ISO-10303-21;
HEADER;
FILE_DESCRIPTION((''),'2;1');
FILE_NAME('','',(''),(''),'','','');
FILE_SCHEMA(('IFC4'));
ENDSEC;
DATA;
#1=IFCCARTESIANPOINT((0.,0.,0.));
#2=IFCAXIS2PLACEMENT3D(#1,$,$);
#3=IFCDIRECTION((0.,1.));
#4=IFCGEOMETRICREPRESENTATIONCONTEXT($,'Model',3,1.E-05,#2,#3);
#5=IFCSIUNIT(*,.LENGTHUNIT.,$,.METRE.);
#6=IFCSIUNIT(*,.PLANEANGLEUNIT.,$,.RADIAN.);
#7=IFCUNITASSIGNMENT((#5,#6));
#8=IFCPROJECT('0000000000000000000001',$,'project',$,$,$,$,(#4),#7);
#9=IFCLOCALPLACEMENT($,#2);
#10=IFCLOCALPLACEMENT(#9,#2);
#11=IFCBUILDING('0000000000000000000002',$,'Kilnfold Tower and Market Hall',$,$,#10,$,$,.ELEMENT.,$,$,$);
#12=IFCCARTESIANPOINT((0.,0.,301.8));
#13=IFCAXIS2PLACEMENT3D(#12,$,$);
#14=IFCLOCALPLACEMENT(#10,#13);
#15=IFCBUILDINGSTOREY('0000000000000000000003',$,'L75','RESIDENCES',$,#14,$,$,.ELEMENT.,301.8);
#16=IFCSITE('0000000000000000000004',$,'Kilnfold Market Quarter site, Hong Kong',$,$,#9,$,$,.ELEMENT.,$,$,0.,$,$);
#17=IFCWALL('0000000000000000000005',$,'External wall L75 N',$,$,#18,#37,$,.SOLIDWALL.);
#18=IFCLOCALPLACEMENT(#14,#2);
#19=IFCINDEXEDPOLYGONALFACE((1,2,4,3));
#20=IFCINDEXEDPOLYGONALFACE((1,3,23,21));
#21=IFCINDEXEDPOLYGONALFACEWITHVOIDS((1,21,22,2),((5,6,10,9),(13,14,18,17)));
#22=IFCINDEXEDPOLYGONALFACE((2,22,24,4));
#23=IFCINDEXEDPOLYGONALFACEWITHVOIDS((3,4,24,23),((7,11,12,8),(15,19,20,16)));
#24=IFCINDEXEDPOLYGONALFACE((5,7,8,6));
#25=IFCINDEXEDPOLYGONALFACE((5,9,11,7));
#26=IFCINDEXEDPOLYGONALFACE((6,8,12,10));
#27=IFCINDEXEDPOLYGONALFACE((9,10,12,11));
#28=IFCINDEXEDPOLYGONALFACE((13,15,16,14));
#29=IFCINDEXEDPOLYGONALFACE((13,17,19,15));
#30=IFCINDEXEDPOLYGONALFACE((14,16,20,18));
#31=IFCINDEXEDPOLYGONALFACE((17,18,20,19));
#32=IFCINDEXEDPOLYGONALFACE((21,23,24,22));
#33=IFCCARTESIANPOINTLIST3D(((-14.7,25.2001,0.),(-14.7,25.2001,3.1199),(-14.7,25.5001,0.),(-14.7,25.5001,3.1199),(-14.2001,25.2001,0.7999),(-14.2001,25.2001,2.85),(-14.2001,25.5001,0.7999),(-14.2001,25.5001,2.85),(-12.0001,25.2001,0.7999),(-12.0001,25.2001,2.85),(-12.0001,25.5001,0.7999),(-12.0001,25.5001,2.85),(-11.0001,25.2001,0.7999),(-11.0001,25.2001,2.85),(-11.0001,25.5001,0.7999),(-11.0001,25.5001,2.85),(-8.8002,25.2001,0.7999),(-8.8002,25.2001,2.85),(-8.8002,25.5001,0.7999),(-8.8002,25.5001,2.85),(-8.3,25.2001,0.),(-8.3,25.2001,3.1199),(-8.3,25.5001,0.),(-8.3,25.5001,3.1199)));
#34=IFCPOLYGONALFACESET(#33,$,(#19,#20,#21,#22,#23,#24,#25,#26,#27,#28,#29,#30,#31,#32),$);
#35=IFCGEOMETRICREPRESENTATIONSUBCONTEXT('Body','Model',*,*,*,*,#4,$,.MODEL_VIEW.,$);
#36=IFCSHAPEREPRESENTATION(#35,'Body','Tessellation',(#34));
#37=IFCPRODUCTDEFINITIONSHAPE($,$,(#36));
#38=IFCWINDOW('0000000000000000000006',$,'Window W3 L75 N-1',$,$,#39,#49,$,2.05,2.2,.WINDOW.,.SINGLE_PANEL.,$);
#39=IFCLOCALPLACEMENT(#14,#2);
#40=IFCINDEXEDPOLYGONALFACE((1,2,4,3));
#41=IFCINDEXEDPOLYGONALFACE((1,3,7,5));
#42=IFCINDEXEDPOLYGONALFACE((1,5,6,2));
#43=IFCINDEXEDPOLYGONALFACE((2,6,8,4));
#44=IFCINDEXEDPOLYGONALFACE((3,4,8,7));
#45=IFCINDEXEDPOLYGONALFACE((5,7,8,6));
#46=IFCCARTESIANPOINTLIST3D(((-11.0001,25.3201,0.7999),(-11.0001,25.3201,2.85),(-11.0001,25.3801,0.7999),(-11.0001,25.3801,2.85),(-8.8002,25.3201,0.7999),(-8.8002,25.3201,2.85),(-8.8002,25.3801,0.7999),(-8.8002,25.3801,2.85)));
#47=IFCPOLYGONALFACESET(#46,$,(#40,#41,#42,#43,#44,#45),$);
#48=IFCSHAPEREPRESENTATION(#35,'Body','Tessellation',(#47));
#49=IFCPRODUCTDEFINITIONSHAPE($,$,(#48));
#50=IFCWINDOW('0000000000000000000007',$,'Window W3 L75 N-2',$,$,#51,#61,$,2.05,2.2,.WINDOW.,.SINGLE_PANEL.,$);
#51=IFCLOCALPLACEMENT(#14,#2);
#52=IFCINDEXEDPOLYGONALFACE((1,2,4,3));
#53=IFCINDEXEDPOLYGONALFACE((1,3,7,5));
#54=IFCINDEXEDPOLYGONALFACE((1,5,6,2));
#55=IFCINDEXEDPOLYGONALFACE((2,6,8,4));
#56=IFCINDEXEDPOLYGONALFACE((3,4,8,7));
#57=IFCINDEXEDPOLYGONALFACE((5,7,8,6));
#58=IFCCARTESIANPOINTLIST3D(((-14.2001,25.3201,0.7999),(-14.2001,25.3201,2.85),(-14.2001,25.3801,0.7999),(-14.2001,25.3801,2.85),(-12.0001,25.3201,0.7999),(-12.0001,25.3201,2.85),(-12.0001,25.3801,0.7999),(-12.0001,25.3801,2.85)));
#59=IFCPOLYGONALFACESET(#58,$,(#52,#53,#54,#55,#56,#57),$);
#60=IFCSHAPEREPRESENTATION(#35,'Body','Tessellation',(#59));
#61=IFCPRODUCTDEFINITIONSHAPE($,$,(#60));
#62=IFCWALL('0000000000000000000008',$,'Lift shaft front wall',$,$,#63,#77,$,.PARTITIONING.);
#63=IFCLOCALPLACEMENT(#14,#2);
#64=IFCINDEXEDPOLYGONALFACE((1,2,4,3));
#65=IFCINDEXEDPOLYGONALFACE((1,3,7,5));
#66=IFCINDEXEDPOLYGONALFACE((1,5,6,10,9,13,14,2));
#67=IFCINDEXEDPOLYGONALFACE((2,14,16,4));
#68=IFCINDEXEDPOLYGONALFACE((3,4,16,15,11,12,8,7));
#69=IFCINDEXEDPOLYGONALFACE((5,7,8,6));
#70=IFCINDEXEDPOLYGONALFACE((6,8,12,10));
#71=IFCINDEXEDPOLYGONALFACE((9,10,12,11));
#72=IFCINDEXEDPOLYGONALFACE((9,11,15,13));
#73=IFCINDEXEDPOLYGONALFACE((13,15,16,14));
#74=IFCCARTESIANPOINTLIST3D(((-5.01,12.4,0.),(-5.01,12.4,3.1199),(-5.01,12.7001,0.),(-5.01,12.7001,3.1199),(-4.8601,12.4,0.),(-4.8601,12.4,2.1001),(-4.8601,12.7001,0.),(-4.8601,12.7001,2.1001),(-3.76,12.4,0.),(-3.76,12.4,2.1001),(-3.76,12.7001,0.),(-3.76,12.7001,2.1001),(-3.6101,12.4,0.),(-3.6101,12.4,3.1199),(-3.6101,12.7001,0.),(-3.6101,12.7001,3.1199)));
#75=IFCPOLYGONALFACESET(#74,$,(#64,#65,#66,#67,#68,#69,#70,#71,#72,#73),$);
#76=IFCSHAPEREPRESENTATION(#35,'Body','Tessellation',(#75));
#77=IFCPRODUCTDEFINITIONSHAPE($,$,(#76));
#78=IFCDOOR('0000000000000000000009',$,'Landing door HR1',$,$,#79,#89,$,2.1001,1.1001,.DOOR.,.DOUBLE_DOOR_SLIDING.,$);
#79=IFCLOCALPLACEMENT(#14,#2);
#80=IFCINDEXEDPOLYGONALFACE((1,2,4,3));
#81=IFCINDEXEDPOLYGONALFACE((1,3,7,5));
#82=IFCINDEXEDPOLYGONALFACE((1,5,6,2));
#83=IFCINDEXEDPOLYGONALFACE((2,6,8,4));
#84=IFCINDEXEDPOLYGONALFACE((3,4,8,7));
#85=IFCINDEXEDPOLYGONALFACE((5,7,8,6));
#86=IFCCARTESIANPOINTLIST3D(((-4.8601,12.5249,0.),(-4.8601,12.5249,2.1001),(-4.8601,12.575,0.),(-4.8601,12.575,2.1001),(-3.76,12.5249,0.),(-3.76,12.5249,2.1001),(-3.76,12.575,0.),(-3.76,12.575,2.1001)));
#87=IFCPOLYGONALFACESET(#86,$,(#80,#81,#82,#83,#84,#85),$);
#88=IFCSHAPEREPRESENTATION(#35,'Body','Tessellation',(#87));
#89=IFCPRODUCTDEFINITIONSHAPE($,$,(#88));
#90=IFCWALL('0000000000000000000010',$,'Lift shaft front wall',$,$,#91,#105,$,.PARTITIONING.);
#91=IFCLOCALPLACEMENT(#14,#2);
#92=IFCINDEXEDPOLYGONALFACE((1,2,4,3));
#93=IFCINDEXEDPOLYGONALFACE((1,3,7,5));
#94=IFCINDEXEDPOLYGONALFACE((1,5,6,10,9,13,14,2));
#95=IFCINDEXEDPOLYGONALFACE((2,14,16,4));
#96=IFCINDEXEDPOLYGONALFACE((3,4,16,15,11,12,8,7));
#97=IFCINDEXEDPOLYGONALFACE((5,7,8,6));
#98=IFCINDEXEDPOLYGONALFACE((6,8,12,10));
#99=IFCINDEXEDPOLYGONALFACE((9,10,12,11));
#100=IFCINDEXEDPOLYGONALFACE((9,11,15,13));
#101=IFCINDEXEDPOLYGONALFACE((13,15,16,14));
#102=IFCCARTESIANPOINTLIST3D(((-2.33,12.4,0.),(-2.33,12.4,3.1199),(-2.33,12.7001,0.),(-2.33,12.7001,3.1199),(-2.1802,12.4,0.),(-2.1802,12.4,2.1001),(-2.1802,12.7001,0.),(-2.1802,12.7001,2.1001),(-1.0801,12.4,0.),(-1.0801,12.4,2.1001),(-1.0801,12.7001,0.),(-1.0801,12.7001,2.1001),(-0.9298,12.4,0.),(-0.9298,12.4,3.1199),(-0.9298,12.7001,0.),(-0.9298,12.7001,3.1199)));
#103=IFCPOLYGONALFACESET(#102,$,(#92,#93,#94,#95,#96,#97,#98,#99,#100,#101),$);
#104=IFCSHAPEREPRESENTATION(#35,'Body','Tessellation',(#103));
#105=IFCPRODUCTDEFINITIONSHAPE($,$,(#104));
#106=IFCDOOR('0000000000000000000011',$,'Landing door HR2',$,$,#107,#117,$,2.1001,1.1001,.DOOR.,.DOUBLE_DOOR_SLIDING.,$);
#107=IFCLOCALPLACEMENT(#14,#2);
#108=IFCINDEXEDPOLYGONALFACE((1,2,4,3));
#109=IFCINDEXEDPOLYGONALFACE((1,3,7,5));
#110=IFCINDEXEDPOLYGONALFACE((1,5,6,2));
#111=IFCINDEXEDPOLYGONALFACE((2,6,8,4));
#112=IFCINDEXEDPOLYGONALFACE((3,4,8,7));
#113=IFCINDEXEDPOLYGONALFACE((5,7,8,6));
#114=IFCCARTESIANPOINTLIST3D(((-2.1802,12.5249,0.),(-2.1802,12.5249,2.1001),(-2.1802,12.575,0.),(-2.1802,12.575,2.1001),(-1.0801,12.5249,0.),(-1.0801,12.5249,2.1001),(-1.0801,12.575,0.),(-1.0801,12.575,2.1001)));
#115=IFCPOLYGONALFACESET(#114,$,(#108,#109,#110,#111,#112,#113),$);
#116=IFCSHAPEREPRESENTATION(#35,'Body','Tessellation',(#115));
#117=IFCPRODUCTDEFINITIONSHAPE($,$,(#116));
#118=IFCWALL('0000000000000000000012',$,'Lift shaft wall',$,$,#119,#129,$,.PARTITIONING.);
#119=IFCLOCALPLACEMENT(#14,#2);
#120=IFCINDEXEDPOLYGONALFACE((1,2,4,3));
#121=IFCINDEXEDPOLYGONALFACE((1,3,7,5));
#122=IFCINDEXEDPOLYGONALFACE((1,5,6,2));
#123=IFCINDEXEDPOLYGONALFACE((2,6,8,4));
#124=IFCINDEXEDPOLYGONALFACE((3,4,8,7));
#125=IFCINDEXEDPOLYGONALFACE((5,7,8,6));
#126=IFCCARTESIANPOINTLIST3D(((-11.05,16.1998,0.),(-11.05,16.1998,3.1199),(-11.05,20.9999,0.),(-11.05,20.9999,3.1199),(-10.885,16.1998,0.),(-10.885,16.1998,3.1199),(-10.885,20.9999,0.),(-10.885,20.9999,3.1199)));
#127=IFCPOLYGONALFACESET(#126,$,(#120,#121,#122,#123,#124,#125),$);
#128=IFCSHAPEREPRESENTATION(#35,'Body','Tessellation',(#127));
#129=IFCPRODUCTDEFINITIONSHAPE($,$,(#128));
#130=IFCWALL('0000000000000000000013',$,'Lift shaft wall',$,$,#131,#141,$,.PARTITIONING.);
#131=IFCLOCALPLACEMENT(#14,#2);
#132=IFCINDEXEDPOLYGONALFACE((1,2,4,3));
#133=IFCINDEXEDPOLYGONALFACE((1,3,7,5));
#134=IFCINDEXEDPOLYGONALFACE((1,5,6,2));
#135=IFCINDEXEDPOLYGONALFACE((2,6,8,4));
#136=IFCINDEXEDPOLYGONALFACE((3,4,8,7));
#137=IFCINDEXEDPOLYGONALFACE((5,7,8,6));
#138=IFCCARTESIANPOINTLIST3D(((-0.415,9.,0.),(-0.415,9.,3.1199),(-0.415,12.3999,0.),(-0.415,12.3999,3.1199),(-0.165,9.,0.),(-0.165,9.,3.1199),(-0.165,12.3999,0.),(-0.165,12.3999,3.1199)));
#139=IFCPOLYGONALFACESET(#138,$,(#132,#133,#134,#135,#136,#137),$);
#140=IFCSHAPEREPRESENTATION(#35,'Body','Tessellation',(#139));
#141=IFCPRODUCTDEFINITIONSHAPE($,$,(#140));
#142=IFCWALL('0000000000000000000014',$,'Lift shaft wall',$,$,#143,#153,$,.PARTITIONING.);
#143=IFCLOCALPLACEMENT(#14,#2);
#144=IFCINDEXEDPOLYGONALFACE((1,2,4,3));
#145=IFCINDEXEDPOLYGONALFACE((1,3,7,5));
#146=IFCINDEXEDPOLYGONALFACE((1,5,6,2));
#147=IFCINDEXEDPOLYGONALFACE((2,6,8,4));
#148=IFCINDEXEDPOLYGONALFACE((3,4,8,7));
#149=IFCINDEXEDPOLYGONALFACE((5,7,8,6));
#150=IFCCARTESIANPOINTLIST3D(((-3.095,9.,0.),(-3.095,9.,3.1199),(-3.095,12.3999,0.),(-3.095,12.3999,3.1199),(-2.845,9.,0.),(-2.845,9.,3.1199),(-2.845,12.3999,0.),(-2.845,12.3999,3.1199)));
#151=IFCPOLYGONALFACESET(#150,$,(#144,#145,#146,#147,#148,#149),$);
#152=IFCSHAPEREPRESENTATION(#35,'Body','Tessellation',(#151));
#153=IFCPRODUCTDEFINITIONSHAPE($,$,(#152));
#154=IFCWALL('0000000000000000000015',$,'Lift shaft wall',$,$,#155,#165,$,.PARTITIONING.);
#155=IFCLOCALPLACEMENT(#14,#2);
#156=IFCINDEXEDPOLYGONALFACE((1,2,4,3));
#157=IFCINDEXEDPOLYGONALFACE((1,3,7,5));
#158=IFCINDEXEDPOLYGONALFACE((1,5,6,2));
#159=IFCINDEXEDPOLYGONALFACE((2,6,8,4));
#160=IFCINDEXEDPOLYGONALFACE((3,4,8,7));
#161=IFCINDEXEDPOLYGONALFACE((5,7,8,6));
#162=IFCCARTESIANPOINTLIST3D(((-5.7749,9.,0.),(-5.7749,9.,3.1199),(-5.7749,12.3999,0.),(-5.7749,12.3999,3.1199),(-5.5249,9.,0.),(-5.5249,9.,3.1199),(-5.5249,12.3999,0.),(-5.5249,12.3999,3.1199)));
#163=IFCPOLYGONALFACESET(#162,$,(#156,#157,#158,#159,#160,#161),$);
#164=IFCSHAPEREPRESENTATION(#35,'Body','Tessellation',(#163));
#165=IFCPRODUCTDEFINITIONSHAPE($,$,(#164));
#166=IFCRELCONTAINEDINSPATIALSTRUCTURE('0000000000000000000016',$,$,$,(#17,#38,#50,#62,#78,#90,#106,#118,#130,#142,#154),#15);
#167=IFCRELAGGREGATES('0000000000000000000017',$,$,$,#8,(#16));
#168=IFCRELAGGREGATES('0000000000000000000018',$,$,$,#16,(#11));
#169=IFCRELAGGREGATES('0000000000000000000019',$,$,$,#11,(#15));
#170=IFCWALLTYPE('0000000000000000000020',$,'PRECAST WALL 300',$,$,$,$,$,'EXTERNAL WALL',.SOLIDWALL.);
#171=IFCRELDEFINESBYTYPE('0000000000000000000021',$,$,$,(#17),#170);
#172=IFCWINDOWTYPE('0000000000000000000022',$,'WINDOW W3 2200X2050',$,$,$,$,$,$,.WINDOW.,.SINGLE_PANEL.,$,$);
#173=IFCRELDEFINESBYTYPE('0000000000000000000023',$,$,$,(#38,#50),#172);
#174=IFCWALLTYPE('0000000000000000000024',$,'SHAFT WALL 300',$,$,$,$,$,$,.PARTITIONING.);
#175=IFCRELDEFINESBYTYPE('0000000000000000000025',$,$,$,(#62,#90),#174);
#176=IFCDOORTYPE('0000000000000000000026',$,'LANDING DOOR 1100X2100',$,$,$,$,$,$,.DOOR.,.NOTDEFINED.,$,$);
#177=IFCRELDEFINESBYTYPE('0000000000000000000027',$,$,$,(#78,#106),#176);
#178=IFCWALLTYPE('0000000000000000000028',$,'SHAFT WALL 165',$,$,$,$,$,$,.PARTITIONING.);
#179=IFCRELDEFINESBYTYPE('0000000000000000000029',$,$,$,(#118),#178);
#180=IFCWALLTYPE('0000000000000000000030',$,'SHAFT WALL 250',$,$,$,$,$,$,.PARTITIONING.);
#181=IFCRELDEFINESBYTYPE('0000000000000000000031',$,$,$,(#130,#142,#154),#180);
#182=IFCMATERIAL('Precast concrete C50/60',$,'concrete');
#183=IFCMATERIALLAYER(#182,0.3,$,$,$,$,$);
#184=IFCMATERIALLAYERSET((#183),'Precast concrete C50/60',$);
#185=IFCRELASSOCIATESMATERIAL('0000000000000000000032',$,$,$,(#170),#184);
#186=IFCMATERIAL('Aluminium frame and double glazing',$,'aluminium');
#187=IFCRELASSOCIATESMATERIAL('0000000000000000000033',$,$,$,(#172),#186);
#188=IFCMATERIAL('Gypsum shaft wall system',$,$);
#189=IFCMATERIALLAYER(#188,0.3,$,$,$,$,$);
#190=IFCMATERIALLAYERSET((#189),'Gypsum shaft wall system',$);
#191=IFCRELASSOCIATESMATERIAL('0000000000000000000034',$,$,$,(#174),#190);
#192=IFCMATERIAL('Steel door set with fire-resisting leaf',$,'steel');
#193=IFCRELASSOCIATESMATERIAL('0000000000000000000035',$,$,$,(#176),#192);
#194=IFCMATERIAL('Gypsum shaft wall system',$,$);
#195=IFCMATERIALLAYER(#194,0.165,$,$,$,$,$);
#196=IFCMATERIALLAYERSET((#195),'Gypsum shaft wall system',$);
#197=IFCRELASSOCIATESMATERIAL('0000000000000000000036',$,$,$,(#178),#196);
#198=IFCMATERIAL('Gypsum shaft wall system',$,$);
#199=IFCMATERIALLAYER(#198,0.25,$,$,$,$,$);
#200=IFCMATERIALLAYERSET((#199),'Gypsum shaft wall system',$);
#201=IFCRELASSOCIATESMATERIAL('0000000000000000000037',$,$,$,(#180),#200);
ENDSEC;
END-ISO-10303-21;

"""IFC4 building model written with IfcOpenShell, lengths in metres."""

from ifc_helpers import new_model, si_unit, direction, frame, frame_2d, origin, place, context, subcontext, project, spatial, rectangle, extrude, source, transform, mapped, material, layer, layer_set, type_object, element, fill, save


model = new_model("IFC4")

# Units and contexts
model_context = context("Model", 3, precision=1e-05, world=origin(), true_north=direction((0.0, 1.0)))
body_context = subcontext(model_context, "Body", "Model", "MODEL_VIEW")
ifc_project = project(units=[si_unit("LENGTHUNIT", "METRE"), si_unit("PLANEANGLEUNIT", "RADIAN")], contexts=[model_context])

# Site, building, storey
site_placement = place(None, origin())
site = spatial("IfcSite", under=ifc_project, at=site_placement, Name="Kilnfold Market Quarter site, Hong Kong", CompositionType="ELEMENT", RefElevation=0.0)
building_placement = place(site_placement, origin())
building = spatial("IfcBuilding", under=site, at=building_placement, Name="Kilnfold Tower and Market Hall", CompositionType="ELEMENT")
storey_placement = place(building_placement, frame((0.0, 0.0, 301.8)))
storey = spatial("IfcBuildingStorey", under=building, at=storey_placement, Name="L75", Description="RESIDENCES", CompositionType="ELEMENT", Elevation=301.8)

# Wall, openings, windows
ifc_material_1 = material(Name="Precast concrete C50/60", Category="concrete")
ifc_layer_1 = layer(ifc_material_1, 0.3)
ifc_layer_set_1 = layer_set([ifc_layer_1], Name="Precast concrete C50/60")
wall_type_1 = type_object("IfcWallType", Name="PRECAST WALL 300", ElementType="EXTERNAL WALL", PredefinedType="SOLIDWALL", material=ifc_layer_set_1)
shared_shape_1 = source(origin(), body_context, "Body", "SweptSolid", [
    extrude(rectangle(XDim=6.3999, YDim=0.3, at=frame_2d((3.2, 0.0))), origin(), (0.0, 0.0, 1.0), 3.1199),
])
ifc_material_2 = material(Name="Aluminium frame and double glazing", Category="aluminium")
window_type = type_object("IfcWindowType", Name="WINDOW W3 2200X2050", PartitioningType="SINGLE_PANEL", PredefinedType="WINDOW", material=ifc_material_2)
wall_1_placement = place(storey_placement, frame((-8.3, 25.3501, 0.0), z_axis=(0.0, 0.0, 1.0), x_axis=(-1.0, 0.0, 0.0)))
wall_1 = element("IfcWall", 1, at=wall_1_placement, inside=storey, type_object=wall_type_1, Name="External wall L75 N", PredefinedType="SOLIDWALL", context=body_context, shape_type="MappedRepresentation", body=[
    mapped(shared_shape_1, transform((0.0, 0.0, 0.0))),
])
opening_1_placement = place(wall_1_placement, frame((0.5, 0.0, 0.8)))
opening_1 = element("IfcOpeningElement", 2, at=opening_1_placement, cuts=wall_1, PredefinedType="OPENING", context=body_context, shape_type="SweptSolid", body=[
    extrude(rectangle(XDim=2.2, YDim=2.05, at=frame_2d((1.1001, 1.0249))), frame((0.0, 0.1602, 0.0), z_axis=(0.0, -1.0, 0.0), x_axis=(1.0, 0.0, 0.0)), (0.0, 0.0, 1.0), 0.3201),
])
opening_2_placement = place(wall_1_placement, frame((3.7, 0.0, 0.8)))
opening_2 = element("IfcOpeningElement", 3, at=opening_2_placement, cuts=wall_1, PredefinedType="OPENING", context=body_context, shape_type="SweptSolid", body=[
    extrude(rectangle(XDim=2.2, YDim=2.05, at=frame_2d((1.1001, 1.0249))), frame((0.0, 0.1602, 0.0), z_axis=(0.0, -1.0, 0.0), x_axis=(1.0, 0.0, 0.0)), (0.0, 0.0, 1.0), 0.3201),
])
window_1_placement = place(opening_1_placement, origin())
window_1 = element("IfcWindow", 4, at=window_1_placement, inside=storey, type_object=window_type, Name="Window W3 L75 N-1", OverallHeight=2.05, OverallWidth=2.2, PartitioningType="SINGLE_PANEL", PredefinedType="WINDOW", context=body_context, shape_type="SweptSolid", body=[
    extrude(rectangle(XDim=2.2, YDim=2.05, at=frame_2d((1.1001, 1.0249))), frame((0.0, 0.03, 0.0), z_axis=(0.0, -1.0, 0.0), x_axis=(1.0, 0.0, 0.0)), (0.0, 0.0, 1.0), 0.0601),
])
fill(opening_1, window_1)
window_2_placement = place(opening_2_placement, origin())
window_2 = element("IfcWindow", 5, at=window_2_placement, inside=storey, type_object=window_type, Name="Window W3 L75 N-2", OverallHeight=2.05, OverallWidth=2.2, PartitioningType="SINGLE_PANEL", PredefinedType="WINDOW", context=body_context, shape_type="SweptSolid", body=[
    extrude(rectangle(XDim=2.2, YDim=2.05, at=frame_2d((1.1001, 1.0249))), frame((0.0, 0.03, 0.0), z_axis=(0.0, -1.0, 0.0), x_axis=(1.0, 0.0, 0.0)), (0.0, 0.0, 1.0), 0.0601),
])
fill(opening_2, window_2)

# Walls, openings, doors
ifc_material_3 = material(Name="Gypsum shaft wall system")
ifc_layer_2 = layer(ifc_material_3, 0.3)
ifc_layer_set_2 = layer_set([ifc_layer_2], Name="Gypsum shaft wall system")
wall_type_2 = type_object("IfcWallType", Name="SHAFT WALL 300", PredefinedType="PARTITIONING", material=ifc_layer_set_2)
shared_shape_2 = source(origin(), body_context, "Body", "SweptSolid", [
    extrude(rectangle(XDim=1.3999, YDim=0.3, at=frame_2d((0.7, 0.0))), origin(), (0.0, 0.0, 1.0), 3.1199),
])
wall_2_placement = place(storey_placement, frame((-5.01, 12.55, 0.0), z_axis=(0.0, 0.0, 1.0), x_axis=(1.0, 0.0, 0.0)))
wall_2 = element("IfcWall", 6, at=wall_2_placement, inside=storey, type_object=wall_type_2, Name="Lift shaft front wall", PredefinedType="PARTITIONING", context=body_context, shape_type="MappedRepresentation", body=[
    mapped(shared_shape_2, transform((0.0, 0.0, 0.0))),
])
opening_3_placement = place(wall_2_placement, frame((0.1499, 0.0, 0.0)))
opening_3 = element("IfcOpeningElement", 7, at=opening_3_placement, cuts=wall_2, PredefinedType="OPENING", context=body_context, shape_type="SweptSolid", body=[
    extrude(rectangle(XDim=1.1001, YDim=2.1001, at=frame_2d((0.55, 1.05))), frame((0.0, 0.1602, 0.0), z_axis=(0.0, -1.0, 0.0), x_axis=(1.0, 0.0, 0.0)), (0.0, 0.0, 1.0), 0.3201),
])
ifc_material_4 = material(Name="Steel door set with fire-resisting leaf", Category="steel")
door_type = type_object("IfcDoorType", Name="LANDING DOOR 1100X2100", OperationType="NOTDEFINED", PredefinedType="DOOR", material=ifc_material_4)
door_1_placement = place(opening_3_placement, origin())
door_1 = element("IfcDoor", 8, at=door_1_placement, inside=storey, type_object=door_type, Name="Landing door HR1", OperationType="DOUBLE_DOOR_SLIDING", OverallHeight=2.1001, OverallWidth=1.1001, PredefinedType="DOOR", context=body_context, shape_type="SweptSolid", body=[
    extrude(rectangle(XDim=1.1001, YDim=2.1001, at=frame_2d((0.55, 1.05))), frame((0.0, 0.0249, 0.0), z_axis=(0.0, -1.0, 0.0), x_axis=(1.0, 0.0, 0.0)), (0.0, 0.0, 1.0), 0.05),
])
fill(opening_3, door_1)
shared_shape_3 = source(origin(), body_context, "Body", "SweptSolid", [
    extrude(rectangle(XDim=1.4001, YDim=0.3, at=frame_2d((0.7002, 0.0))), origin(), (0.0, 0.0, 1.0), 3.1199),
])
wall_3_placement = place(storey_placement, frame((-2.3301, 12.55, 0.0), z_axis=(0.0, 0.0, 1.0), x_axis=(1.0, 0.0, 0.0)))
wall_3 = element("IfcWall", 9, at=wall_3_placement, inside=storey, type_object=wall_type_2, Name="Lift shaft front wall", PredefinedType="PARTITIONING", context=body_context, shape_type="MappedRepresentation", body=[
    mapped(shared_shape_3, transform((0.0, 0.0, 0.0))),
])
opening_4_placement = place(wall_3_placement, frame((0.1499, 0.0, 0.0)))
opening_4 = element("IfcOpeningElement", 10, at=opening_4_placement, cuts=wall_3, PredefinedType="OPENING", context=body_context, shape_type="SweptSolid", body=[
    extrude(rectangle(XDim=1.1001, YDim=2.1001, at=frame_2d((0.55, 1.05))), frame((0.0, 0.1602, 0.0), z_axis=(0.0, -1.0, 0.0), x_axis=(1.0, 0.0, 0.0)), (0.0, 0.0, 1.0), 0.3201),
])
door_2_placement = place(opening_4_placement, origin())
door_2 = element("IfcDoor", 11, at=door_2_placement, inside=storey, type_object=door_type, Name="Landing door HR2", OperationType="DOUBLE_DOOR_SLIDING", OverallHeight=2.1001, OverallWidth=1.1001, PredefinedType="DOOR", context=body_context, shape_type="SweptSolid", body=[
    extrude(rectangle(XDim=1.1001, YDim=2.1001, at=frame_2d((0.55, 1.05))), frame((0.0, 0.0249, 0.0), z_axis=(0.0, -1.0, 0.0), x_axis=(1.0, 0.0, 0.0)), (0.0, 0.0, 1.0), 0.05),
])
fill(opening_4, door_2)

# Walls
ifc_material_5 = material(Name="Gypsum shaft wall system")
ifc_layer_3 = layer(ifc_material_5, 0.165)
ifc_layer_set_3 = layer_set([ifc_layer_3], Name="Gypsum shaft wall system")
wall_type_3 = type_object("IfcWallType", Name="SHAFT WALL 165", PredefinedType="PARTITIONING", material=ifc_layer_set_3)
shared_shape_4 = source(origin(), body_context, "Body", "SweptSolid", [
    extrude(rectangle(XDim=4.8, YDim=0.165, at=frame_2d((2.3999, 0.0))), origin(), (0.0, 0.0, 1.0), 3.1199),
])
wall_4_placement = place(storey_placement, frame((-10.9675, 16.2, 0.0), z_axis=(0.0, 0.0, 1.0), x_axis=(0.0, 1.0, 0.0)))
element("IfcWall", 12, at=wall_4_placement, inside=storey, type_object=wall_type_3, Name="Lift shaft wall", PredefinedType="PARTITIONING", context=body_context, shape_type="MappedRepresentation", body=[
    mapped(shared_shape_4, transform((0.0, 0.0, 0.0))),
])
ifc_material_6 = material(Name="Gypsum shaft wall system")
ifc_layer_4 = layer(ifc_material_6, 0.25)
ifc_layer_set_4 = layer_set([ifc_layer_4], Name="Gypsum shaft wall system")
wall_type_4 = type_object("IfcWallType", Name="SHAFT WALL 250", PredefinedType="PARTITIONING", material=ifc_layer_set_4)
shared_shape_5 = source(origin(), body_context, "Body", "SweptSolid", [
    extrude(rectangle(XDim=3.3999, YDim=0.25, at=frame_2d((1.7, 0.0))), origin(), (0.0, 0.0, 1.0), 3.1199),
])
for number, where, z_axis, x_axis, name in (
    (13, (-0.29, 9.0, 0.0), (0.0, 0.0, 1.0), (0.0, 1.0, 0.0), "Lift shaft wall"),
    (14, (-2.97, 9.0, 0.0), (0.0, 0.0, 1.0), (0.0, 1.0, 0.0), "Lift shaft wall"),
    (15, (-5.6499, 9.0, 0.0), (0.0, 0.0, 1.0), (0.0, 1.0, 0.0), "Lift shaft wall"),
):
    element("IfcWall", number, at=place(storey_placement, frame(where, z_axis=z_axis, x_axis=x_axis)), inside=storey, type_object=wall_type_4, Name=name, PredefinedType="PARTITIONING", context=body_context, shape_type="MappedRepresentation", body=[
        mapped(shared_shape_5, transform((0.0, 0.0, 0.0))),
    ])

save(model, "model.ifc")
